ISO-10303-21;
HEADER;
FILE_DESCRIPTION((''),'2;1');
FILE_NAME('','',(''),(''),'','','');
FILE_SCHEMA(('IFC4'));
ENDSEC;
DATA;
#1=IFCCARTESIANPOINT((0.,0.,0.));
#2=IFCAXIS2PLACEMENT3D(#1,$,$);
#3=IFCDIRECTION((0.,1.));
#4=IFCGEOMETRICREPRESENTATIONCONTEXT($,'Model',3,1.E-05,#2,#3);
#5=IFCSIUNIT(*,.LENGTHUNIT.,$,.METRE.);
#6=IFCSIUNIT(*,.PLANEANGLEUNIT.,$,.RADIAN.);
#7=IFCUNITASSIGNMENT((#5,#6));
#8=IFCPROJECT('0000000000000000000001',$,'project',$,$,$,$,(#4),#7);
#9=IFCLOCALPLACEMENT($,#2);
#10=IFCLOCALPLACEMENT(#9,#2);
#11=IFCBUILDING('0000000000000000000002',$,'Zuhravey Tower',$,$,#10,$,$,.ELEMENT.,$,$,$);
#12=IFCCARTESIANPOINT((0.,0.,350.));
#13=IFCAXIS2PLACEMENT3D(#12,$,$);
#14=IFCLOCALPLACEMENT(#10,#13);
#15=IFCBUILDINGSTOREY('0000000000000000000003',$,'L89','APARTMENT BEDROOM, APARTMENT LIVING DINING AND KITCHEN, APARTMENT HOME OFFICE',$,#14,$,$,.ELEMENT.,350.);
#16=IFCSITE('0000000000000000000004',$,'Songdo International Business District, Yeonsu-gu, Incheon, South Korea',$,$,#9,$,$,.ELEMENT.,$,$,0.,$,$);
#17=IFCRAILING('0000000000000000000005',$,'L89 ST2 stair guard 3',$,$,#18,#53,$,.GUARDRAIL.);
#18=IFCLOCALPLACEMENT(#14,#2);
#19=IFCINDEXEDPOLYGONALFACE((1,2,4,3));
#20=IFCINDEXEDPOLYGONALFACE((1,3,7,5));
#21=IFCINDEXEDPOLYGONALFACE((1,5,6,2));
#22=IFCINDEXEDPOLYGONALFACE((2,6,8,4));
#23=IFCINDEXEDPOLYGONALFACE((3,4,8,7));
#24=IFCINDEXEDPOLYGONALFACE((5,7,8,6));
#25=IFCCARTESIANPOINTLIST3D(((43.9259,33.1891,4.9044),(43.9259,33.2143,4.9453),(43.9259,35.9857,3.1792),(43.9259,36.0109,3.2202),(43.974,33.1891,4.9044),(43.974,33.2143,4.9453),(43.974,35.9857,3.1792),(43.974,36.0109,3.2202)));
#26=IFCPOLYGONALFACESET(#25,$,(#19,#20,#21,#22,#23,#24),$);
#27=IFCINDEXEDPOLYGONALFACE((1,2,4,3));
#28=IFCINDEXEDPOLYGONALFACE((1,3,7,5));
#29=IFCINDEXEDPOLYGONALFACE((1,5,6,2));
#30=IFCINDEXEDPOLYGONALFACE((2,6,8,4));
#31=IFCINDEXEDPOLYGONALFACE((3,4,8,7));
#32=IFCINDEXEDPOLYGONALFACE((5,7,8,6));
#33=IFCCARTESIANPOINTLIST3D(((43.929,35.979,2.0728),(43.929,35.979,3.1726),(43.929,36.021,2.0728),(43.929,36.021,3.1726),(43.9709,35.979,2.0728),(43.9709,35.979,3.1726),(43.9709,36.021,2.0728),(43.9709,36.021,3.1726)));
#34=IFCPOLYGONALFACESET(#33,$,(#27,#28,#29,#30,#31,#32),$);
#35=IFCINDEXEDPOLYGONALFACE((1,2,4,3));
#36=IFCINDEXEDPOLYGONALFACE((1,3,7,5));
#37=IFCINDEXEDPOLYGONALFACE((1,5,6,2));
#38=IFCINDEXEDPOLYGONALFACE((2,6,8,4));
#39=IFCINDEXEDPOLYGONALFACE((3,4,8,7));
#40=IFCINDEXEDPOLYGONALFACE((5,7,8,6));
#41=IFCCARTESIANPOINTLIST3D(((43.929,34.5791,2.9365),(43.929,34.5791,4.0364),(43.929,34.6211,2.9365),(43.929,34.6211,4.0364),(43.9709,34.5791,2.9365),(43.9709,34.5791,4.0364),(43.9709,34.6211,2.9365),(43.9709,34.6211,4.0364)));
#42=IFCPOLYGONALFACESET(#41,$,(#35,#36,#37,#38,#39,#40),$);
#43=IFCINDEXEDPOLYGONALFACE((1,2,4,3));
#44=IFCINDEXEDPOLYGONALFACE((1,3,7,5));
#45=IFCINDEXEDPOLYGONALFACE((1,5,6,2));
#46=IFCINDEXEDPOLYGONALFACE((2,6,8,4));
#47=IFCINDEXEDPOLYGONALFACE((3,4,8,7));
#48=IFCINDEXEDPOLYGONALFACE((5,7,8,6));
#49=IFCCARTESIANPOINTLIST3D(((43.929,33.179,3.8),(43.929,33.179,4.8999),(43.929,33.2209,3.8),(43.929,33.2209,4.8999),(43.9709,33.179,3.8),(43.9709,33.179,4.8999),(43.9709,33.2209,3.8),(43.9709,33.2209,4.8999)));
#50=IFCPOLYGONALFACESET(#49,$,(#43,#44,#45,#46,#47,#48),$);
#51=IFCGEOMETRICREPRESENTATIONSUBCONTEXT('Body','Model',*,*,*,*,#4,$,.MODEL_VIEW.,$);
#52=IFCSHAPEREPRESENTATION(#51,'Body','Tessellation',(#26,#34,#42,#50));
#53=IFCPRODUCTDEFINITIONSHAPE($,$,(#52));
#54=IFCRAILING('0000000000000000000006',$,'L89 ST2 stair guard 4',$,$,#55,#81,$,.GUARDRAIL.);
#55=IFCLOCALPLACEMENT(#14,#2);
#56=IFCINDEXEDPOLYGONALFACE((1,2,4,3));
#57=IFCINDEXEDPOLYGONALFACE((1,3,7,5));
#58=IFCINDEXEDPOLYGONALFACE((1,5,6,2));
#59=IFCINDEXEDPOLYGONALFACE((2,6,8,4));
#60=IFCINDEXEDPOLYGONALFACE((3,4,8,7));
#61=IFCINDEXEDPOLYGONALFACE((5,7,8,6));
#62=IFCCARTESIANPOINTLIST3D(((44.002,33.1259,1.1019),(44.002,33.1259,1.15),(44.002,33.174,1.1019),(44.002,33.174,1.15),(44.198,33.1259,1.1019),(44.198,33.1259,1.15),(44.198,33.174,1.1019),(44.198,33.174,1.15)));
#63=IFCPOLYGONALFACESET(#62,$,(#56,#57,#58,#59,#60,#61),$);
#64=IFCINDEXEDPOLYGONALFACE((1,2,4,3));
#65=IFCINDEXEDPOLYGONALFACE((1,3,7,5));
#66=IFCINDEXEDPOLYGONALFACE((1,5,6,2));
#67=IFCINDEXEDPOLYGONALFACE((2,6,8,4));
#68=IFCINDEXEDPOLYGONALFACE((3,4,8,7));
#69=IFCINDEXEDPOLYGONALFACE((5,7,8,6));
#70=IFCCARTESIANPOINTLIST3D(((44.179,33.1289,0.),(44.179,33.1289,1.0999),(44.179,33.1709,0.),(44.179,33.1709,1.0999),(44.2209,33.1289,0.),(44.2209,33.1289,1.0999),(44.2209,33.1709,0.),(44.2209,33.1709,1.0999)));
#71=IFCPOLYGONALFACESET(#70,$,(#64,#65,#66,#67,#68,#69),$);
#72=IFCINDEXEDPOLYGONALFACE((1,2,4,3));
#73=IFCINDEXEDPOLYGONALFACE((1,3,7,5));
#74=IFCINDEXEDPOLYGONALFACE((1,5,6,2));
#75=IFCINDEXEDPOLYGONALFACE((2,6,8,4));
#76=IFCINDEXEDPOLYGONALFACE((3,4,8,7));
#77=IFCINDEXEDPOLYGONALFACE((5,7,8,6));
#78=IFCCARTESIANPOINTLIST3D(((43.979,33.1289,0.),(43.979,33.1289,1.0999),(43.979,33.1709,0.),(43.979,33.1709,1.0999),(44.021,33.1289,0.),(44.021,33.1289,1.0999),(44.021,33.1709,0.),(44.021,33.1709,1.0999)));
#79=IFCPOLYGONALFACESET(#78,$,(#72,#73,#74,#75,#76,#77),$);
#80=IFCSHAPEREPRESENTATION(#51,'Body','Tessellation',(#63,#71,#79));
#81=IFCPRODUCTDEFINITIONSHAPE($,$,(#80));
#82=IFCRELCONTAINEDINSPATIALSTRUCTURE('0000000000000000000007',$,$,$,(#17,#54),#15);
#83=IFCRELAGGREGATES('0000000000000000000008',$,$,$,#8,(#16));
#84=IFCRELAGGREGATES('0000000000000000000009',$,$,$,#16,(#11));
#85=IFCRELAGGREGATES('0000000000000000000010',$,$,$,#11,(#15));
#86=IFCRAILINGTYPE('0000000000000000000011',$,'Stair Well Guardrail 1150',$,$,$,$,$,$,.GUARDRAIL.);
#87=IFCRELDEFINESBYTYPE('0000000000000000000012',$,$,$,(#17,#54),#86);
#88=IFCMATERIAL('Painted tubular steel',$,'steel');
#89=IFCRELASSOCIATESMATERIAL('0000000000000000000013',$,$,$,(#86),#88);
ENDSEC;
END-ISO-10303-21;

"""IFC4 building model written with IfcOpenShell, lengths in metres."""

from ifc_helpers import new_model, si_unit, direction, frame, origin, origin_2d, place, context, subcontext, project, spatial, rectangle, extrude, material, type_object, element, save


model = new_model("IFC4")

# Units and contexts
model_context = context("Model", 3, precision=1e-05, world=origin(), true_north=direction((0.0, 1.0)))
body_context = subcontext(model_context, "Body", "Model", "MODEL_VIEW")
ifc_project = project(units=[si_unit("LENGTHUNIT", "METRE"), si_unit("PLANEANGLEUNIT", "RADIAN")], contexts=[model_context])

# Site, building, storey
site_placement = place(None, origin())
site = spatial("IfcSite", under=ifc_project, at=site_placement, Name="Songdo International Business District, Yeonsu-gu, Incheon, South Korea", CompositionType="ELEMENT", RefElevation=0.0)
building_placement = place(site_placement, origin())
building = spatial("IfcBuilding", under=site, at=building_placement, Name="Zuhravey Tower", CompositionType="ELEMENT")
storey_placement = place(building_placement, frame((0.0, 0.0, 350.0)))
storey = spatial("IfcBuildingStorey", under=building, at=storey_placement, Name="L89", Description="APARTMENT BEDROOM, APARTMENT LIVING DINING AND KITCHEN, APARTMENT HOME OFFICE", CompositionType="ELEMENT", Elevation=350.0)

# Railings
ifc_material_1 = material(Name="Painted tubular steel", Category="steel")
railing_type_1 = type_object("IfcRailingType", Name="Stair Well Guardrail 1150", PredefinedType="GUARDRAIL", material=ifc_material_1)
railing_1_placement = place(storey_placement, frame((43.95, 36.0, 2.0728)))
element("IfcRailing", 1, at=railing_1_placement, inside=storey, type_object=railing_type_1, Name="L89 ST2 stair guard 3", PredefinedType="GUARDRAIL", context=body_context, shape_type="SweptSolid", body=[
    extrude(rectangle(XDim=0.0481, YDim=0.0481, at=origin_2d()), frame((0.0, -0.0017, 1.127), z_axis=(0.0, -0.85109, 0.52502), x_axis=(1.0, 0.0, 0.0)), (0.0, 0.0, 1.0), 3.2859),
    extrude(rectangle(XDim=0.042, YDim=0.042, at=origin_2d()), origin(), (0.0, 0.0, 1.0), 1.0999),
    extrude(rectangle(XDim=0.042, YDim=0.042, at=origin_2d()), frame((0.0, -1.3999, 0.8638)), (0.0, 0.0, 1.0), 1.0999),
    extrude(rectangle(XDim=0.042, YDim=0.042, at=origin_2d()), frame((0.0, -2.8, 1.7273)), (0.0, 0.0, 1.0), 1.0999),
])
railing_2_placement = place(storey_placement, frame((44.2, 33.1499, 0.0)))
element("IfcRailing", 2, at=railing_2_placement, inside=storey, type_object=railing_type_1, Name="L89 ST2 stair guard 4", PredefinedType="GUARDRAIL", context=body_context, shape_type="SweptSolid", body=[
    extrude(rectangle(XDim=0.0481, YDim=0.0481, at=origin_2d()), frame((-0.002, 0.0, 1.126), z_axis=(-1.0, 0.0, 0.0), x_axis=(0.0, -1.0, 0.0)), (0.0, 0.0, 1.0), 0.196),
    extrude(rectangle(XDim=0.042, YDim=0.042, at=origin_2d()), origin(), (0.0, 0.0, 1.0), 1.0999),
    extrude(rectangle(XDim=0.042, YDim=0.042, at=origin_2d()), frame((-0.2, 0.0, 0.0)), (0.0, 0.0, 1.0), 1.0999),
])

save(model, "model.ifc")
